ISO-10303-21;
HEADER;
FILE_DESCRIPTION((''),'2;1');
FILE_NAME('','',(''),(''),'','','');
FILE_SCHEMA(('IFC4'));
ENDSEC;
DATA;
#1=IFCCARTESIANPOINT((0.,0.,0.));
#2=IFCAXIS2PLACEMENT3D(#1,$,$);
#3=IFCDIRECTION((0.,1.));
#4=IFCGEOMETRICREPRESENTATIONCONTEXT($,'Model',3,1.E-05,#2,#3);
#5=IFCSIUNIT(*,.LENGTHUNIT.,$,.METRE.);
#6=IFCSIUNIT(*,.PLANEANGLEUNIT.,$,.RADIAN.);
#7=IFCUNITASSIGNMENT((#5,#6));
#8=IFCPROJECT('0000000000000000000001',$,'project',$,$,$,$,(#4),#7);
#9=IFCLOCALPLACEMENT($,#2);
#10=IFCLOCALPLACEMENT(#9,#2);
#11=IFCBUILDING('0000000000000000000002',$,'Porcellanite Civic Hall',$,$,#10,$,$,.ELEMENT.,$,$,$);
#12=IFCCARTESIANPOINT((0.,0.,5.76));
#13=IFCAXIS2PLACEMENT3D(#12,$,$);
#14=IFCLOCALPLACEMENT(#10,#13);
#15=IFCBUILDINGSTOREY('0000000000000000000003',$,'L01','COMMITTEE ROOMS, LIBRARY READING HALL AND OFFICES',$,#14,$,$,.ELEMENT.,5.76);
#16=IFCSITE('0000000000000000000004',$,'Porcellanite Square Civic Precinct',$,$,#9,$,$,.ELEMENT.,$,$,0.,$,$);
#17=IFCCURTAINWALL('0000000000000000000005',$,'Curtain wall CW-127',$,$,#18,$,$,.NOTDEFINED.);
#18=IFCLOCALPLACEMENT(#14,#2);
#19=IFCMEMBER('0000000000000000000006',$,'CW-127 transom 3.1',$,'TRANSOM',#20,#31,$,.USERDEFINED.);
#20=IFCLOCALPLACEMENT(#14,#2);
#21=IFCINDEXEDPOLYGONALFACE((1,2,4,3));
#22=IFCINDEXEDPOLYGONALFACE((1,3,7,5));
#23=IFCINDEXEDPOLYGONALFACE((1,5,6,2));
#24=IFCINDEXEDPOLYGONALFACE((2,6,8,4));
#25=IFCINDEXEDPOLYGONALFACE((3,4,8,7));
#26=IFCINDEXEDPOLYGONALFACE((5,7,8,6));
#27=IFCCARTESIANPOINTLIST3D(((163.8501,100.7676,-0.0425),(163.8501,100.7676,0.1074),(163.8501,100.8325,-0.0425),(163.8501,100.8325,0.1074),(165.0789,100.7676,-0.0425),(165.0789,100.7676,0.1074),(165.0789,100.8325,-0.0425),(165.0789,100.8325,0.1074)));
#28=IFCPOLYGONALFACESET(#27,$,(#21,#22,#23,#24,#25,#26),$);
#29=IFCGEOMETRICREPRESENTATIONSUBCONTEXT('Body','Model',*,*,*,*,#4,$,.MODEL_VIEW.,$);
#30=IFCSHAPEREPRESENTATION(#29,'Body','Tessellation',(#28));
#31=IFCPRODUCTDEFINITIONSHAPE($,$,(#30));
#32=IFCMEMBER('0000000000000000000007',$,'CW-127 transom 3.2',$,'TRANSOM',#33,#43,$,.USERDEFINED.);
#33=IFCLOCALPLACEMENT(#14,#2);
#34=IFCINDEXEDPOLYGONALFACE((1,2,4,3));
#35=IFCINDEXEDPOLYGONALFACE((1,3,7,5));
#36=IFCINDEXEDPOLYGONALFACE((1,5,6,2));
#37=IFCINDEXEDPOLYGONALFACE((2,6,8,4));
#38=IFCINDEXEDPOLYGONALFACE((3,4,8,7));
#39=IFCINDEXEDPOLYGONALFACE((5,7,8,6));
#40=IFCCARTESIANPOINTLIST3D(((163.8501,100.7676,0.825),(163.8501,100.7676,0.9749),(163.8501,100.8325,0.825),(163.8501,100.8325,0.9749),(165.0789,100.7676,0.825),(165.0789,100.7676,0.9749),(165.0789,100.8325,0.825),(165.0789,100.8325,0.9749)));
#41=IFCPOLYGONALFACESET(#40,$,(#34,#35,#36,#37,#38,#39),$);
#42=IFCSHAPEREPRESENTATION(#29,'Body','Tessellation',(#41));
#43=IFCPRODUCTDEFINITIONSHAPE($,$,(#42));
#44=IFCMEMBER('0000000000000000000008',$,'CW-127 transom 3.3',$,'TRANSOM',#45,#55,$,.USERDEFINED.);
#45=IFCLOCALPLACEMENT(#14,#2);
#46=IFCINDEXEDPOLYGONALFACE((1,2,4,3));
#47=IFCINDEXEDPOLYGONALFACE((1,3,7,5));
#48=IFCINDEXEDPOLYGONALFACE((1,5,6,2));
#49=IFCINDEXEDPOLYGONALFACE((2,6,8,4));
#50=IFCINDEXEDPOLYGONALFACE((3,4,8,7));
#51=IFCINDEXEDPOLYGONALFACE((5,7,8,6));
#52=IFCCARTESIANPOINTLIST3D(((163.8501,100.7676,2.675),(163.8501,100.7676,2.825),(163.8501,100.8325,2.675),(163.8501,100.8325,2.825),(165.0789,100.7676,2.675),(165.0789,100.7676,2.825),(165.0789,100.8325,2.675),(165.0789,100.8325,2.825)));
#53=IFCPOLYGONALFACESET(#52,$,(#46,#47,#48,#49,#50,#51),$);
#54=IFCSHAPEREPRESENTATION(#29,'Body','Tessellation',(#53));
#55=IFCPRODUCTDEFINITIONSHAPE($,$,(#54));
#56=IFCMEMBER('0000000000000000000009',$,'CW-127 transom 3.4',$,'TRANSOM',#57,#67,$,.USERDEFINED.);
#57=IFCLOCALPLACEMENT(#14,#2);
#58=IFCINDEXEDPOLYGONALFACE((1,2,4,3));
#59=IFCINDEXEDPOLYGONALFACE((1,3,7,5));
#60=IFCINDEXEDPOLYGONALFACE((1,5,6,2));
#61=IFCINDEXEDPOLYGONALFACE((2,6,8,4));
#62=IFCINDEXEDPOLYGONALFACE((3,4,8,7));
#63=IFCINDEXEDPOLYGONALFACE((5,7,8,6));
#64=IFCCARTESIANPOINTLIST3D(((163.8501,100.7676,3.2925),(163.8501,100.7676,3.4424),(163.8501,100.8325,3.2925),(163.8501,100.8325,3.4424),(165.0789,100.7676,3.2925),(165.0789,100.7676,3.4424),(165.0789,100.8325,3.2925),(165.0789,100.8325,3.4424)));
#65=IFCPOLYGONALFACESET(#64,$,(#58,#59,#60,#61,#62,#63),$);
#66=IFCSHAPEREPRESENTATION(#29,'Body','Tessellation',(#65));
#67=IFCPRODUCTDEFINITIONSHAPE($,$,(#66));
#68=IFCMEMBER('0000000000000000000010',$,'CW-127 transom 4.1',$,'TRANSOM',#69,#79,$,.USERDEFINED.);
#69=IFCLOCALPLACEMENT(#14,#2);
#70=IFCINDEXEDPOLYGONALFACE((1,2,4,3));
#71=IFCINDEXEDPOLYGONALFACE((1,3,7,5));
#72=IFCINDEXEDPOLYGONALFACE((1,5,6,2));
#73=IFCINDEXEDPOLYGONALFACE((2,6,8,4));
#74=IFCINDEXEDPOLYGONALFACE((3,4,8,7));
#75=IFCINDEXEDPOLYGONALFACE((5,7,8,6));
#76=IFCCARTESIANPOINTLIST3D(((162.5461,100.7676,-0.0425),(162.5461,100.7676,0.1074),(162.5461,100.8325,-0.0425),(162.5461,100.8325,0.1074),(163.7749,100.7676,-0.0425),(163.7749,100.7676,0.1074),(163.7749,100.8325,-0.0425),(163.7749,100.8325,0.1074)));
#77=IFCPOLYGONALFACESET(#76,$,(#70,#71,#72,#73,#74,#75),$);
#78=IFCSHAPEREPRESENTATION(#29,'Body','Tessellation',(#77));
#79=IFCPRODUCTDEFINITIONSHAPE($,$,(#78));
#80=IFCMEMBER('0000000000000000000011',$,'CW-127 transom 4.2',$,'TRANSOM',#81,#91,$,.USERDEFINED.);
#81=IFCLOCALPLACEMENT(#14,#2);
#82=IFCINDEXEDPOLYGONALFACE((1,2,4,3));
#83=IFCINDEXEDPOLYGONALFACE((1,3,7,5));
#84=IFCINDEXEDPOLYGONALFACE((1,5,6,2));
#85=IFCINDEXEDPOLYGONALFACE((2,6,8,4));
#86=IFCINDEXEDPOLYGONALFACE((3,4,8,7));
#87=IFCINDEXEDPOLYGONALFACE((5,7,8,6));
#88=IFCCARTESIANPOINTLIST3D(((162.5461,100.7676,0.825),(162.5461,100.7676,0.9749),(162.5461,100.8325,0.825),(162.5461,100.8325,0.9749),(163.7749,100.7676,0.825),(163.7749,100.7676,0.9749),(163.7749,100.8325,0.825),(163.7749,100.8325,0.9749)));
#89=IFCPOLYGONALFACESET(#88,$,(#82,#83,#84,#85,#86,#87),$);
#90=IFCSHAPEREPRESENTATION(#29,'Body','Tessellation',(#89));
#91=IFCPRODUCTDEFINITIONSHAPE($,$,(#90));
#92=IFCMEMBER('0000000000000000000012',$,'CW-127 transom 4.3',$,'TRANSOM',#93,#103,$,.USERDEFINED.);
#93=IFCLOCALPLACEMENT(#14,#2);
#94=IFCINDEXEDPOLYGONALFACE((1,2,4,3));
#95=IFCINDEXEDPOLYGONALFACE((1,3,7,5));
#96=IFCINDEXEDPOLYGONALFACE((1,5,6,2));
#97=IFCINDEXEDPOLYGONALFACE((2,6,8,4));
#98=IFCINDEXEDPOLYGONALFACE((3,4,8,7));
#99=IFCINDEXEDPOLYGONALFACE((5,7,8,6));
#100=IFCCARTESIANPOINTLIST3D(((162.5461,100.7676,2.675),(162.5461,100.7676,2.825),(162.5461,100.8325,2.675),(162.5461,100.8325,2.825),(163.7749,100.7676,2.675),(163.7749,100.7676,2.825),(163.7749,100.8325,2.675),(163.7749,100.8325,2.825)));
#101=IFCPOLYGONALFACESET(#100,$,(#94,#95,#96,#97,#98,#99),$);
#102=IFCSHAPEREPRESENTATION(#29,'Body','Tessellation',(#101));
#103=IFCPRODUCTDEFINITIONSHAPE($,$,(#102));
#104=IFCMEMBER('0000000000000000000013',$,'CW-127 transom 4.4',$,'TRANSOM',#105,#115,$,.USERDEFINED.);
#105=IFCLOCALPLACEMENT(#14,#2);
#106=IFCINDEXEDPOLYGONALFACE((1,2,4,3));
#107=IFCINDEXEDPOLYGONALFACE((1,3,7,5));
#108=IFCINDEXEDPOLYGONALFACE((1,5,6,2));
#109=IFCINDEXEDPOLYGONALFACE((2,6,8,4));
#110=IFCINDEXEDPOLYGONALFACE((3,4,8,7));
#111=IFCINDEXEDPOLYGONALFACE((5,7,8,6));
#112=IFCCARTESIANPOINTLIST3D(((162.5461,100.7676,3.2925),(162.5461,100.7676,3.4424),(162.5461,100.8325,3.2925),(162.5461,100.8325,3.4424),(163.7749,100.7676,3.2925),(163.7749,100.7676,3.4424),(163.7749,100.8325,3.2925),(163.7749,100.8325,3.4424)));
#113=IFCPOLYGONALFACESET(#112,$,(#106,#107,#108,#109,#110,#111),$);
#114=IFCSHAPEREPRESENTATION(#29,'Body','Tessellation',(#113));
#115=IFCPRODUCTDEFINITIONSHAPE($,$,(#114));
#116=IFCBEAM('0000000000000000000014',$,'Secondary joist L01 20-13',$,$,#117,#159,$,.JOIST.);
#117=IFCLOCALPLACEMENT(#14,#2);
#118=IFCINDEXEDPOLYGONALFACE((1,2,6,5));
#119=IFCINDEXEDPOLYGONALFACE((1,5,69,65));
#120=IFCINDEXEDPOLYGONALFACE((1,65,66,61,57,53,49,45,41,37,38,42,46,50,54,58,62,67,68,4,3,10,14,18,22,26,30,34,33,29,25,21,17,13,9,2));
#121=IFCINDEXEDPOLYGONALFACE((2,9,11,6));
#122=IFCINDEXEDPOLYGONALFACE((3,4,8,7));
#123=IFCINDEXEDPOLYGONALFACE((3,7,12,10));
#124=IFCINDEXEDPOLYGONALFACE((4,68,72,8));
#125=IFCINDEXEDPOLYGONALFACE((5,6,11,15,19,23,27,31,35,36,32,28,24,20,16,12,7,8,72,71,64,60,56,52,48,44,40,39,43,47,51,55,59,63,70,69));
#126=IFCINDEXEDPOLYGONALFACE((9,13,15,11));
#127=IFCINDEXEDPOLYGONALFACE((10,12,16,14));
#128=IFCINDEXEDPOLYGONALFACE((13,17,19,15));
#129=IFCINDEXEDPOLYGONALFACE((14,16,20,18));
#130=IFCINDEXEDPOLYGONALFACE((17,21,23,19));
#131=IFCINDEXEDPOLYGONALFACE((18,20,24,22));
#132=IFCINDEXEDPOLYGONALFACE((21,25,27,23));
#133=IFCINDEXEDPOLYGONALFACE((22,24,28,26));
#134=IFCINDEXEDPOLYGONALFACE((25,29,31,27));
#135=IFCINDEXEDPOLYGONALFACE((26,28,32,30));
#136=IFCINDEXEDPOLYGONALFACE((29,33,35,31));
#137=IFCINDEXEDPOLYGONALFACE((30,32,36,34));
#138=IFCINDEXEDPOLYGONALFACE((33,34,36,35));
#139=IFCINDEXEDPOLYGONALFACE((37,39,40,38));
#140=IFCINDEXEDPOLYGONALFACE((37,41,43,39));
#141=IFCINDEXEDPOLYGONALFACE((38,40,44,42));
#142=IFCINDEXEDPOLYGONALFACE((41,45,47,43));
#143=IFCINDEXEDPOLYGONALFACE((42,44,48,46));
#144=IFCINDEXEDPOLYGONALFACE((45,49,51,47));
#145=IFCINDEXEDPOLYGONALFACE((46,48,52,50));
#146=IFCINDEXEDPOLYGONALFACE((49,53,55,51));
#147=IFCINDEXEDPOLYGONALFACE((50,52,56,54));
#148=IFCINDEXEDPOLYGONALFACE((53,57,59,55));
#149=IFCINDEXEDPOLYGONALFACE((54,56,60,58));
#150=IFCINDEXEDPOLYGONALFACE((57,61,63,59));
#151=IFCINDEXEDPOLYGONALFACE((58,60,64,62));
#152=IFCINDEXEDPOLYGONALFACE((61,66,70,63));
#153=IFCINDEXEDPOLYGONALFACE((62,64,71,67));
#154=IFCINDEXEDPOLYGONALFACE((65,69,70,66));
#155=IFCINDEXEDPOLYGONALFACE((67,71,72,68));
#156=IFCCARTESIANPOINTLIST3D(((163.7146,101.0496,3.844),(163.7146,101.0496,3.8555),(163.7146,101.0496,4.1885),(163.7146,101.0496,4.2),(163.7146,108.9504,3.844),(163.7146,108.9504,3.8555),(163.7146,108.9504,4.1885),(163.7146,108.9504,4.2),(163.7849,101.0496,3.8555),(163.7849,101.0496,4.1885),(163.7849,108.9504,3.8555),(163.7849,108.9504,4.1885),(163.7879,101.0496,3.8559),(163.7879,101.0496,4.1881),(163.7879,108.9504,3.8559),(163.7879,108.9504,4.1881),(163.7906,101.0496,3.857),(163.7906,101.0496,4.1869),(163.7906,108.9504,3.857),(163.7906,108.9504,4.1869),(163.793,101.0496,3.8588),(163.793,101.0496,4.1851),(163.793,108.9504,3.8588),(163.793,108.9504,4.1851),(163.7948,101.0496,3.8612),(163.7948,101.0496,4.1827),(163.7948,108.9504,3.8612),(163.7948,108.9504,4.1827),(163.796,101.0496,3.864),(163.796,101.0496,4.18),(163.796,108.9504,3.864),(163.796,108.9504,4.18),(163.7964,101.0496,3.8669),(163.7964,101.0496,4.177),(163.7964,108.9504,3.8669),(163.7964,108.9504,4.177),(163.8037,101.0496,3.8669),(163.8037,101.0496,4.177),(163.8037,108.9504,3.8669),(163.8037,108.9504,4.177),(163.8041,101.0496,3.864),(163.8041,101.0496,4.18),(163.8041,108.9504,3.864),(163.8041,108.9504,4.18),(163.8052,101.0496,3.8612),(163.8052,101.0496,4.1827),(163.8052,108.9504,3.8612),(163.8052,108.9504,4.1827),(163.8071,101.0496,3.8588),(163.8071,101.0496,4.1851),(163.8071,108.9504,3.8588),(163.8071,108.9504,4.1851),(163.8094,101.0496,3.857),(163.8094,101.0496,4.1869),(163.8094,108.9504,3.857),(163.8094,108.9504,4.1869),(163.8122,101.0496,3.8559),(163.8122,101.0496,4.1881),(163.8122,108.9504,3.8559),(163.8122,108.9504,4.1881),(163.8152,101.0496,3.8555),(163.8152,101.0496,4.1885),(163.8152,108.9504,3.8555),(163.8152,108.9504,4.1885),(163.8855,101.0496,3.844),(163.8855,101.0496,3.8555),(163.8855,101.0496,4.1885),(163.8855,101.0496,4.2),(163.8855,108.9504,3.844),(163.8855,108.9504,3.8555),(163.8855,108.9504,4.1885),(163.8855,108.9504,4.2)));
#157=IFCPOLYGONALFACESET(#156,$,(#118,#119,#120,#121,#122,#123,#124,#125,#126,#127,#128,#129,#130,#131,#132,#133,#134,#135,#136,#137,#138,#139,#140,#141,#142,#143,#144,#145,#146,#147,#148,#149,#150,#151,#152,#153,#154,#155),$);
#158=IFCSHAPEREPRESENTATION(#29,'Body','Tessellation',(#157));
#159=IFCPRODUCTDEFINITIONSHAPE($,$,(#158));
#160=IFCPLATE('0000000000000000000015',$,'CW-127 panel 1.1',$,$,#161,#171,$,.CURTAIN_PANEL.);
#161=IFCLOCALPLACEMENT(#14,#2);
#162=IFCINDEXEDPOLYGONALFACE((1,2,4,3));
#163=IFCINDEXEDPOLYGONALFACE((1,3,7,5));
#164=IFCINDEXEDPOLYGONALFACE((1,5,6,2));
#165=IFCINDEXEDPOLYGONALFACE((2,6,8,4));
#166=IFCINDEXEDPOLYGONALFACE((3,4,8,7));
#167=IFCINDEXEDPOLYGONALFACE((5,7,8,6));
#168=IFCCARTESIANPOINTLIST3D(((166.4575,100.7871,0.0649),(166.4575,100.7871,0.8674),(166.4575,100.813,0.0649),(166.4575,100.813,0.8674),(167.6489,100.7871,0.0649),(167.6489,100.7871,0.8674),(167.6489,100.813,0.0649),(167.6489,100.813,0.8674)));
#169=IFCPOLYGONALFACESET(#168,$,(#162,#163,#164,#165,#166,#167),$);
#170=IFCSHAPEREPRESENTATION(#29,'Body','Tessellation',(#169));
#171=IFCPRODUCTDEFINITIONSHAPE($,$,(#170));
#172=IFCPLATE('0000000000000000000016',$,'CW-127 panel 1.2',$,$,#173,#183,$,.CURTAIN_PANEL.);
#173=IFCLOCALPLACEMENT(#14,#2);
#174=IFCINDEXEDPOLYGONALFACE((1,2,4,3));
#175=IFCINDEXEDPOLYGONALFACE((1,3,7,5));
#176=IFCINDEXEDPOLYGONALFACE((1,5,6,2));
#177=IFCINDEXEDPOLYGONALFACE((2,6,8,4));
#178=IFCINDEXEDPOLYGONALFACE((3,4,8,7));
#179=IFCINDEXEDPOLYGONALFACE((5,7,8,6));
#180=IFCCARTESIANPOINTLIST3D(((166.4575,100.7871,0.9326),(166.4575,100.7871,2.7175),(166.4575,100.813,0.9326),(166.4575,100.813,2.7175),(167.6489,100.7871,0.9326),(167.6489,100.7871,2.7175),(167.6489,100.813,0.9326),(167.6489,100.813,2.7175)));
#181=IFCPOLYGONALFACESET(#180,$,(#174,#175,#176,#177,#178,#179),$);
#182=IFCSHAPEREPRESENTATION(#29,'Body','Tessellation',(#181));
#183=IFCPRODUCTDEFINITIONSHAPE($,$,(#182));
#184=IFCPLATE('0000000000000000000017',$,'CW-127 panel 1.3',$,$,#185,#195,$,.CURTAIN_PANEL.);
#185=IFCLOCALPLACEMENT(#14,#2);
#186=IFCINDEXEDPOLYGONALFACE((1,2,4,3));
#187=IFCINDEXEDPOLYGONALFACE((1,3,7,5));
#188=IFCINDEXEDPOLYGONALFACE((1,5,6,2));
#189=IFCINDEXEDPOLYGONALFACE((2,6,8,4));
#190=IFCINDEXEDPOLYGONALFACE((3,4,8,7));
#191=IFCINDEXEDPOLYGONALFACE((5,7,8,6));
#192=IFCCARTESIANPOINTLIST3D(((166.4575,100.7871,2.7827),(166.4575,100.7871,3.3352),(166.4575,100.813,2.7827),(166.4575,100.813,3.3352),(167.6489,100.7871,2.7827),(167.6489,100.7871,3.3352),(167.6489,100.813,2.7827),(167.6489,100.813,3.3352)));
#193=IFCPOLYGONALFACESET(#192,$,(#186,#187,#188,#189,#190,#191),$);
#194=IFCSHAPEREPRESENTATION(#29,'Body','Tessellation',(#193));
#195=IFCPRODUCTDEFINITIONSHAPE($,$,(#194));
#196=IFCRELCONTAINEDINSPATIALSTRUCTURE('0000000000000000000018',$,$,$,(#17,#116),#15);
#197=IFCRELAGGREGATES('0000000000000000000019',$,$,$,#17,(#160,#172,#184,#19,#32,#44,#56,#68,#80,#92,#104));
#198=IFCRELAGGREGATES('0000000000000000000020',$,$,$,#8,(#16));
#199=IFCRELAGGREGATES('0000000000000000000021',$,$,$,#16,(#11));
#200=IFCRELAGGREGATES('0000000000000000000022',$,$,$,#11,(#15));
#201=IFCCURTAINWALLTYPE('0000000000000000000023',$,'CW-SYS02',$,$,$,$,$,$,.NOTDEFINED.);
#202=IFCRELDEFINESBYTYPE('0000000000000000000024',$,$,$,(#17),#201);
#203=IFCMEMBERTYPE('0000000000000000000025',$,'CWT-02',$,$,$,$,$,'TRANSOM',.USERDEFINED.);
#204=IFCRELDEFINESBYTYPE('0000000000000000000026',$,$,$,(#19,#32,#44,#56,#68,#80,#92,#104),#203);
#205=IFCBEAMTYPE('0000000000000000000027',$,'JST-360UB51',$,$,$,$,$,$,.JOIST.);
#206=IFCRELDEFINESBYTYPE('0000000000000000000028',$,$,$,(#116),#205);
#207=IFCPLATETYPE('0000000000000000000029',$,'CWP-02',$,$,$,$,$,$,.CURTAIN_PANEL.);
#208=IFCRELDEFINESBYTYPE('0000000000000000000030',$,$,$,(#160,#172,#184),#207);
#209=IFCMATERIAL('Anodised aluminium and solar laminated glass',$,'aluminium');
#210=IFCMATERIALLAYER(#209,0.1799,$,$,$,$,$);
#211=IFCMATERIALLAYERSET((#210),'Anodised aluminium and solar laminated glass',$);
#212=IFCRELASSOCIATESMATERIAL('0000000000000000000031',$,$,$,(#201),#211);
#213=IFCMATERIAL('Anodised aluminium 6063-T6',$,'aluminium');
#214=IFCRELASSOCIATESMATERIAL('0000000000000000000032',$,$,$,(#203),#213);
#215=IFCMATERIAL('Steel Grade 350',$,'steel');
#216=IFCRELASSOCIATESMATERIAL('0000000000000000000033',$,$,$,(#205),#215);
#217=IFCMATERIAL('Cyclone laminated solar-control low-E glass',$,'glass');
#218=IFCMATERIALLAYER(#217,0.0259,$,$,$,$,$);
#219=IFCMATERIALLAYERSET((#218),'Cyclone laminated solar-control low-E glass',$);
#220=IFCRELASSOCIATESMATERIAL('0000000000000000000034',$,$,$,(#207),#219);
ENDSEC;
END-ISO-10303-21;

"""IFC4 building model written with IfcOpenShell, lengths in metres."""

from ifc_helpers import new_model, si_unit, direction, frame, origin, origin_2d, place, context, subcontext, project, spatial, rectangle, i_section, extrude, material, layer, layer_set, material_profile, profile_set, type_object, element, aggregate, save


model = new_model("IFC4")

# Units and contexts
model_context = context("Model", 3, precision=1e-05, world=origin(), true_north=direction((0.0, 1.0)))
body_context = subcontext(model_context, "Body", "Model", "MODEL_VIEW")
ifc_project = project(units=[si_unit("LENGTHUNIT", "METRE"), si_unit("PLANEANGLEUNIT", "RADIAN")], contexts=[model_context])

# Site, building, storey
site_placement = place(None, origin())
site = spatial("IfcSite", under=ifc_project, at=site_placement, Name="Porcellanite Square Civic Precinct", CompositionType="ELEMENT", RefElevation=0.0)
building_placement = place(site_placement, origin())
building = spatial("IfcBuilding", under=site, at=building_placement, Name="Porcellanite Civic Hall", CompositionType="ELEMENT")
storey_placement = place(building_placement, frame((0.0, 0.0, 5.76)))
storey = spatial("IfcBuildingStorey", under=building, at=storey_placement, Name="L01", Description="COMMITTEE ROOMS, LIBRARY READING HALL AND OFFICES", CompositionType="ELEMENT", Elevation=5.76)

# Curtain wall, members
ifc_material_1 = material(Name="Anodised aluminium and solar laminated glass", Category="aluminium")
ifc_layer_1 = layer(ifc_material_1, 0.1799)
ifc_layer_set_1 = layer_set([ifc_layer_1], Name="Anodised aluminium and solar laminated glass")
curtain_wall_type = type_object("IfcCurtainWallType", Name="CW-SYS02", PredefinedType="NOTDEFINED", material=ifc_layer_set_1)
curtain_wall_placement = place(storey_placement, origin())
curtain_wall = element("IfcCurtainWall", 1, at=curtain_wall_placement, inside=storey, type_object=curtain_wall_type, Name="Curtain wall CW-127", PredefinedType="NOTDEFINED")
ifc_material_2 = material(Name="Anodised aluminium 6063-T6", Category="aluminium")
ifc_material_profile_1 = material_profile(ifc_material_2, rectangle(XDim=0.0649, YDim=0.1499, at=origin_2d()), Name="AL-65x150")
ifc_profile_set_1 = profile_set([ifc_material_profile_1], Name="Anodised aluminium 6063-T6")
member_type_1 = type_object("IfcMemberType", Name="CWT-02", ElementType="TRANSOM", PredefinedType="USERDEFINED", material=ifc_profile_set_1)
member_1_placement = place(storey_placement, frame((165.0789, 100.8, 0.0325), z_axis=(-1.0, 0.0, 0.0), x_axis=(0.0, -1.0, 0.0)))
member_1 = element("IfcMember", 2, at=member_1_placement, type_object=member_type_1, Name="CW-127 transom 3.1", ObjectType="TRANSOM", PredefinedType="USERDEFINED", context=body_context, shape_type="SweptSolid", body=[
    extrude(rectangle(XDim=0.0649, YDim=0.1499, at=origin_2d()), origin(), (0.0, 0.0, 1.0), 1.2288),
])
member_2_placement = place(storey_placement, frame((165.0789, 100.8, 0.8999), z_axis=(-1.0, 0.0, 0.0), x_axis=(0.0, -1.0, 0.0)))
member_2 = element("IfcMember", 3, at=member_2_placement, type_object=member_type_1, Name="CW-127 transom 3.2", ObjectType="TRANSOM", PredefinedType="USERDEFINED", context=body_context, shape_type="SweptSolid", body=[
    extrude(rectangle(XDim=0.0649, YDim=0.1499, at=origin_2d()), origin(), (0.0, 0.0, 1.0), 1.2288),
])
member_3_placement = place(storey_placement, frame((165.0789, 100.8, 2.75), z_axis=(-1.0, 0.0, 0.0), x_axis=(0.0, -1.0, 0.0)))
member_3 = element("IfcMember", 4, at=member_3_placement, type_object=member_type_1, Name="CW-127 transom 3.3", ObjectType="TRANSOM", PredefinedType="USERDEFINED", context=body_context, shape_type="SweptSolid", body=[
    extrude(rectangle(XDim=0.0649, YDim=0.1499, at=origin_2d()), origin(), (0.0, 0.0, 1.0), 1.2288),
])
member_4_placement = place(storey_placement, frame((165.0789, 100.8, 3.3674), z_axis=(-1.0, 0.0, 0.0), x_axis=(0.0, -1.0, 0.0)))
member_4 = element("IfcMember", 5, at=member_4_placement, type_object=member_type_1, Name="CW-127 transom 3.4", ObjectType="TRANSOM", PredefinedType="USERDEFINED", context=body_context, shape_type="SweptSolid", body=[
    extrude(rectangle(XDim=0.0649, YDim=0.1499, at=origin_2d()), origin(), (0.0, 0.0, 1.0), 1.2288),
])
member_5_placement = place(storey_placement, frame((163.7749, 100.8, 0.0325), z_axis=(-1.0, 0.0, 0.0), x_axis=(0.0, -1.0, 0.0)))
member_5 = element("IfcMember", 6, at=member_5_placement, type_object=member_type_1, Name="CW-127 transom 4.1", ObjectType="TRANSOM", PredefinedType="USERDEFINED", context=body_context, shape_type="SweptSolid", body=[
    extrude(rectangle(XDim=0.0649, YDim=0.1499, at=origin_2d()), origin(), (0.0, 0.0, 1.0), 1.2288),
])
member_6_placement = place(storey_placement, frame((163.7749, 100.8, 0.8999), z_axis=(-1.0, 0.0, 0.0), x_axis=(0.0, -1.0, 0.0)))
member_6 = element("IfcMember", 7, at=member_6_placement, type_object=member_type_1, Name="CW-127 transom 4.2", ObjectType="TRANSOM", PredefinedType="USERDEFINED", context=body_context, shape_type="SweptSolid", body=[
    extrude(rectangle(XDim=0.0649, YDim=0.1499, at=origin_2d()), origin(), (0.0, 0.0, 1.0), 1.2288),
])
member_7_placement = place(storey_placement, frame((163.7749, 100.8, 2.75), z_axis=(-1.0, 0.0, 0.0), x_axis=(0.0, -1.0, 0.0)))
member_7 = element("IfcMember", 8, at=member_7_placement, type_object=member_type_1, Name="CW-127 transom 4.3", ObjectType="TRANSOM", PredefinedType="USERDEFINED", context=body_context, shape_type="SweptSolid", body=[
    extrude(rectangle(XDim=0.0649, YDim=0.1499, at=origin_2d()), origin(), (0.0, 0.0, 1.0), 1.2288),
])
member_8_placement = place(storey_placement, frame((163.7749, 100.8, 3.3674), z_axis=(-1.0, 0.0, 0.0), x_axis=(0.0, -1.0, 0.0)))
member_8 = element("IfcMember", 9, at=member_8_placement, type_object=member_type_1, Name="CW-127 transom 4.4", ObjectType="TRANSOM", PredefinedType="USERDEFINED", context=body_context, shape_type="SweptSolid", body=[
    extrude(rectangle(XDim=0.0649, YDim=0.1499, at=origin_2d()), origin(), (0.0, 0.0, 1.0), 1.2288),
])

# Beam
ifc_material_3 = material(Name="Steel Grade 350", Category="steel")
ifc_material_profile_2 = material_profile(ifc_material_3, i_section(OverallWidth=0.1709, OverallDepth=0.356, WebThickness=0.0073, FlangeThickness=0.0115, FilletRadius=0.0115, at=origin_2d()), Name="360UB50.7")
ifc_profile_set_2 = profile_set([ifc_material_profile_2], Name="Steel Grade 350")
beam_type_1 = type_object("IfcBeamType", Name="JST-360UB51", PredefinedType="JOIST", material=ifc_profile_set_2)
beam_1_placement = place(storey_placement, frame((163.8, 101.0496, 4.022), z_axis=(0.0, 1.0, 0.0), x_axis=(-1.0, 0.0, 0.0)))
element("IfcBeam", 10, at=beam_1_placement, inside=storey, type_object=beam_type_1, Name="Secondary joist L01 20-13", PredefinedType="JOIST", context=body_context, shape_type="SweptSolid", body=[
    extrude(i_section(OverallWidth=0.1709, OverallDepth=0.356, WebThickness=0.0073, FlangeThickness=0.0115, FilletRadius=0.0115, at=origin_2d()), origin(), (0.0, 0.0, 1.0), 7.9009),
])

# Plates
ifc_material_4 = material(Name="Cyclone laminated solar-control low-E glass", Category="glass")
ifc_layer_2 = layer(ifc_material_4, 0.0259)
ifc_layer_set_2 = layer_set([ifc_layer_2], Name="Cyclone laminated solar-control low-E glass")
plate_type = type_object("IfcPlateType", Name="CWP-02", PredefinedType="CURTAIN_PANEL", material=ifc_layer_set_2)
plate_1_placement = place(storey_placement, frame((167.0532, 100.8, 0.0649), z_axis=(0.0, 0.0, 1.0), x_axis=(-1.0, 0.0, 0.0)))
plate_1 = element("IfcPlate", 11, at=plate_1_placement, type_object=plate_type, Name="CW-127 panel 1.1", PredefinedType="CURTAIN_PANEL", context=body_context, shape_type="SweptSolid", body=[
    extrude(rectangle(XDim=1.1914, YDim=0.0259, at=origin_2d()), origin(), (0.0, 0.0, 1.0), 0.8025),
])
plate_2_placement = place(storey_placement, frame((167.0532, 100.8, 0.9326), z_axis=(0.0, 0.0, 1.0), x_axis=(-1.0, 0.0, 0.0)))
plate_2 = element("IfcPlate", 12, at=plate_2_placement, type_object=plate_type, Name="CW-127 panel 1.2", PredefinedType="CURTAIN_PANEL", context=body_context, shape_type="SweptSolid", body=[
    extrude(rectangle(XDim=1.1914, YDim=0.0259, at=origin_2d()), origin(), (0.0, 0.0, 1.0), 1.7849),
])
plate_3_placement = place(storey_placement, frame((167.0532, 100.8, 2.7827), z_axis=(0.0, 0.0, 1.0), x_axis=(-1.0, 0.0, 0.0)))
plate_3 = element("IfcPlate", 13, at=plate_3_placement, type_object=plate_type, Name="CW-127 panel 1.3", PredefinedType="CURTAIN_PANEL", context=body_context, shape_type="SweptSolid", body=[
    extrude(rectangle(XDim=1.1914, YDim=0.0259, at=origin_2d()), origin(), (0.0, 0.0, 1.0), 0.5525),
])
aggregate(curtain_wall, [plate_1, plate_2, plate_3, member_1, member_2, member_3, member_4, member_5, member_6, member_7, member_8])

save(model, "model.ifc")
